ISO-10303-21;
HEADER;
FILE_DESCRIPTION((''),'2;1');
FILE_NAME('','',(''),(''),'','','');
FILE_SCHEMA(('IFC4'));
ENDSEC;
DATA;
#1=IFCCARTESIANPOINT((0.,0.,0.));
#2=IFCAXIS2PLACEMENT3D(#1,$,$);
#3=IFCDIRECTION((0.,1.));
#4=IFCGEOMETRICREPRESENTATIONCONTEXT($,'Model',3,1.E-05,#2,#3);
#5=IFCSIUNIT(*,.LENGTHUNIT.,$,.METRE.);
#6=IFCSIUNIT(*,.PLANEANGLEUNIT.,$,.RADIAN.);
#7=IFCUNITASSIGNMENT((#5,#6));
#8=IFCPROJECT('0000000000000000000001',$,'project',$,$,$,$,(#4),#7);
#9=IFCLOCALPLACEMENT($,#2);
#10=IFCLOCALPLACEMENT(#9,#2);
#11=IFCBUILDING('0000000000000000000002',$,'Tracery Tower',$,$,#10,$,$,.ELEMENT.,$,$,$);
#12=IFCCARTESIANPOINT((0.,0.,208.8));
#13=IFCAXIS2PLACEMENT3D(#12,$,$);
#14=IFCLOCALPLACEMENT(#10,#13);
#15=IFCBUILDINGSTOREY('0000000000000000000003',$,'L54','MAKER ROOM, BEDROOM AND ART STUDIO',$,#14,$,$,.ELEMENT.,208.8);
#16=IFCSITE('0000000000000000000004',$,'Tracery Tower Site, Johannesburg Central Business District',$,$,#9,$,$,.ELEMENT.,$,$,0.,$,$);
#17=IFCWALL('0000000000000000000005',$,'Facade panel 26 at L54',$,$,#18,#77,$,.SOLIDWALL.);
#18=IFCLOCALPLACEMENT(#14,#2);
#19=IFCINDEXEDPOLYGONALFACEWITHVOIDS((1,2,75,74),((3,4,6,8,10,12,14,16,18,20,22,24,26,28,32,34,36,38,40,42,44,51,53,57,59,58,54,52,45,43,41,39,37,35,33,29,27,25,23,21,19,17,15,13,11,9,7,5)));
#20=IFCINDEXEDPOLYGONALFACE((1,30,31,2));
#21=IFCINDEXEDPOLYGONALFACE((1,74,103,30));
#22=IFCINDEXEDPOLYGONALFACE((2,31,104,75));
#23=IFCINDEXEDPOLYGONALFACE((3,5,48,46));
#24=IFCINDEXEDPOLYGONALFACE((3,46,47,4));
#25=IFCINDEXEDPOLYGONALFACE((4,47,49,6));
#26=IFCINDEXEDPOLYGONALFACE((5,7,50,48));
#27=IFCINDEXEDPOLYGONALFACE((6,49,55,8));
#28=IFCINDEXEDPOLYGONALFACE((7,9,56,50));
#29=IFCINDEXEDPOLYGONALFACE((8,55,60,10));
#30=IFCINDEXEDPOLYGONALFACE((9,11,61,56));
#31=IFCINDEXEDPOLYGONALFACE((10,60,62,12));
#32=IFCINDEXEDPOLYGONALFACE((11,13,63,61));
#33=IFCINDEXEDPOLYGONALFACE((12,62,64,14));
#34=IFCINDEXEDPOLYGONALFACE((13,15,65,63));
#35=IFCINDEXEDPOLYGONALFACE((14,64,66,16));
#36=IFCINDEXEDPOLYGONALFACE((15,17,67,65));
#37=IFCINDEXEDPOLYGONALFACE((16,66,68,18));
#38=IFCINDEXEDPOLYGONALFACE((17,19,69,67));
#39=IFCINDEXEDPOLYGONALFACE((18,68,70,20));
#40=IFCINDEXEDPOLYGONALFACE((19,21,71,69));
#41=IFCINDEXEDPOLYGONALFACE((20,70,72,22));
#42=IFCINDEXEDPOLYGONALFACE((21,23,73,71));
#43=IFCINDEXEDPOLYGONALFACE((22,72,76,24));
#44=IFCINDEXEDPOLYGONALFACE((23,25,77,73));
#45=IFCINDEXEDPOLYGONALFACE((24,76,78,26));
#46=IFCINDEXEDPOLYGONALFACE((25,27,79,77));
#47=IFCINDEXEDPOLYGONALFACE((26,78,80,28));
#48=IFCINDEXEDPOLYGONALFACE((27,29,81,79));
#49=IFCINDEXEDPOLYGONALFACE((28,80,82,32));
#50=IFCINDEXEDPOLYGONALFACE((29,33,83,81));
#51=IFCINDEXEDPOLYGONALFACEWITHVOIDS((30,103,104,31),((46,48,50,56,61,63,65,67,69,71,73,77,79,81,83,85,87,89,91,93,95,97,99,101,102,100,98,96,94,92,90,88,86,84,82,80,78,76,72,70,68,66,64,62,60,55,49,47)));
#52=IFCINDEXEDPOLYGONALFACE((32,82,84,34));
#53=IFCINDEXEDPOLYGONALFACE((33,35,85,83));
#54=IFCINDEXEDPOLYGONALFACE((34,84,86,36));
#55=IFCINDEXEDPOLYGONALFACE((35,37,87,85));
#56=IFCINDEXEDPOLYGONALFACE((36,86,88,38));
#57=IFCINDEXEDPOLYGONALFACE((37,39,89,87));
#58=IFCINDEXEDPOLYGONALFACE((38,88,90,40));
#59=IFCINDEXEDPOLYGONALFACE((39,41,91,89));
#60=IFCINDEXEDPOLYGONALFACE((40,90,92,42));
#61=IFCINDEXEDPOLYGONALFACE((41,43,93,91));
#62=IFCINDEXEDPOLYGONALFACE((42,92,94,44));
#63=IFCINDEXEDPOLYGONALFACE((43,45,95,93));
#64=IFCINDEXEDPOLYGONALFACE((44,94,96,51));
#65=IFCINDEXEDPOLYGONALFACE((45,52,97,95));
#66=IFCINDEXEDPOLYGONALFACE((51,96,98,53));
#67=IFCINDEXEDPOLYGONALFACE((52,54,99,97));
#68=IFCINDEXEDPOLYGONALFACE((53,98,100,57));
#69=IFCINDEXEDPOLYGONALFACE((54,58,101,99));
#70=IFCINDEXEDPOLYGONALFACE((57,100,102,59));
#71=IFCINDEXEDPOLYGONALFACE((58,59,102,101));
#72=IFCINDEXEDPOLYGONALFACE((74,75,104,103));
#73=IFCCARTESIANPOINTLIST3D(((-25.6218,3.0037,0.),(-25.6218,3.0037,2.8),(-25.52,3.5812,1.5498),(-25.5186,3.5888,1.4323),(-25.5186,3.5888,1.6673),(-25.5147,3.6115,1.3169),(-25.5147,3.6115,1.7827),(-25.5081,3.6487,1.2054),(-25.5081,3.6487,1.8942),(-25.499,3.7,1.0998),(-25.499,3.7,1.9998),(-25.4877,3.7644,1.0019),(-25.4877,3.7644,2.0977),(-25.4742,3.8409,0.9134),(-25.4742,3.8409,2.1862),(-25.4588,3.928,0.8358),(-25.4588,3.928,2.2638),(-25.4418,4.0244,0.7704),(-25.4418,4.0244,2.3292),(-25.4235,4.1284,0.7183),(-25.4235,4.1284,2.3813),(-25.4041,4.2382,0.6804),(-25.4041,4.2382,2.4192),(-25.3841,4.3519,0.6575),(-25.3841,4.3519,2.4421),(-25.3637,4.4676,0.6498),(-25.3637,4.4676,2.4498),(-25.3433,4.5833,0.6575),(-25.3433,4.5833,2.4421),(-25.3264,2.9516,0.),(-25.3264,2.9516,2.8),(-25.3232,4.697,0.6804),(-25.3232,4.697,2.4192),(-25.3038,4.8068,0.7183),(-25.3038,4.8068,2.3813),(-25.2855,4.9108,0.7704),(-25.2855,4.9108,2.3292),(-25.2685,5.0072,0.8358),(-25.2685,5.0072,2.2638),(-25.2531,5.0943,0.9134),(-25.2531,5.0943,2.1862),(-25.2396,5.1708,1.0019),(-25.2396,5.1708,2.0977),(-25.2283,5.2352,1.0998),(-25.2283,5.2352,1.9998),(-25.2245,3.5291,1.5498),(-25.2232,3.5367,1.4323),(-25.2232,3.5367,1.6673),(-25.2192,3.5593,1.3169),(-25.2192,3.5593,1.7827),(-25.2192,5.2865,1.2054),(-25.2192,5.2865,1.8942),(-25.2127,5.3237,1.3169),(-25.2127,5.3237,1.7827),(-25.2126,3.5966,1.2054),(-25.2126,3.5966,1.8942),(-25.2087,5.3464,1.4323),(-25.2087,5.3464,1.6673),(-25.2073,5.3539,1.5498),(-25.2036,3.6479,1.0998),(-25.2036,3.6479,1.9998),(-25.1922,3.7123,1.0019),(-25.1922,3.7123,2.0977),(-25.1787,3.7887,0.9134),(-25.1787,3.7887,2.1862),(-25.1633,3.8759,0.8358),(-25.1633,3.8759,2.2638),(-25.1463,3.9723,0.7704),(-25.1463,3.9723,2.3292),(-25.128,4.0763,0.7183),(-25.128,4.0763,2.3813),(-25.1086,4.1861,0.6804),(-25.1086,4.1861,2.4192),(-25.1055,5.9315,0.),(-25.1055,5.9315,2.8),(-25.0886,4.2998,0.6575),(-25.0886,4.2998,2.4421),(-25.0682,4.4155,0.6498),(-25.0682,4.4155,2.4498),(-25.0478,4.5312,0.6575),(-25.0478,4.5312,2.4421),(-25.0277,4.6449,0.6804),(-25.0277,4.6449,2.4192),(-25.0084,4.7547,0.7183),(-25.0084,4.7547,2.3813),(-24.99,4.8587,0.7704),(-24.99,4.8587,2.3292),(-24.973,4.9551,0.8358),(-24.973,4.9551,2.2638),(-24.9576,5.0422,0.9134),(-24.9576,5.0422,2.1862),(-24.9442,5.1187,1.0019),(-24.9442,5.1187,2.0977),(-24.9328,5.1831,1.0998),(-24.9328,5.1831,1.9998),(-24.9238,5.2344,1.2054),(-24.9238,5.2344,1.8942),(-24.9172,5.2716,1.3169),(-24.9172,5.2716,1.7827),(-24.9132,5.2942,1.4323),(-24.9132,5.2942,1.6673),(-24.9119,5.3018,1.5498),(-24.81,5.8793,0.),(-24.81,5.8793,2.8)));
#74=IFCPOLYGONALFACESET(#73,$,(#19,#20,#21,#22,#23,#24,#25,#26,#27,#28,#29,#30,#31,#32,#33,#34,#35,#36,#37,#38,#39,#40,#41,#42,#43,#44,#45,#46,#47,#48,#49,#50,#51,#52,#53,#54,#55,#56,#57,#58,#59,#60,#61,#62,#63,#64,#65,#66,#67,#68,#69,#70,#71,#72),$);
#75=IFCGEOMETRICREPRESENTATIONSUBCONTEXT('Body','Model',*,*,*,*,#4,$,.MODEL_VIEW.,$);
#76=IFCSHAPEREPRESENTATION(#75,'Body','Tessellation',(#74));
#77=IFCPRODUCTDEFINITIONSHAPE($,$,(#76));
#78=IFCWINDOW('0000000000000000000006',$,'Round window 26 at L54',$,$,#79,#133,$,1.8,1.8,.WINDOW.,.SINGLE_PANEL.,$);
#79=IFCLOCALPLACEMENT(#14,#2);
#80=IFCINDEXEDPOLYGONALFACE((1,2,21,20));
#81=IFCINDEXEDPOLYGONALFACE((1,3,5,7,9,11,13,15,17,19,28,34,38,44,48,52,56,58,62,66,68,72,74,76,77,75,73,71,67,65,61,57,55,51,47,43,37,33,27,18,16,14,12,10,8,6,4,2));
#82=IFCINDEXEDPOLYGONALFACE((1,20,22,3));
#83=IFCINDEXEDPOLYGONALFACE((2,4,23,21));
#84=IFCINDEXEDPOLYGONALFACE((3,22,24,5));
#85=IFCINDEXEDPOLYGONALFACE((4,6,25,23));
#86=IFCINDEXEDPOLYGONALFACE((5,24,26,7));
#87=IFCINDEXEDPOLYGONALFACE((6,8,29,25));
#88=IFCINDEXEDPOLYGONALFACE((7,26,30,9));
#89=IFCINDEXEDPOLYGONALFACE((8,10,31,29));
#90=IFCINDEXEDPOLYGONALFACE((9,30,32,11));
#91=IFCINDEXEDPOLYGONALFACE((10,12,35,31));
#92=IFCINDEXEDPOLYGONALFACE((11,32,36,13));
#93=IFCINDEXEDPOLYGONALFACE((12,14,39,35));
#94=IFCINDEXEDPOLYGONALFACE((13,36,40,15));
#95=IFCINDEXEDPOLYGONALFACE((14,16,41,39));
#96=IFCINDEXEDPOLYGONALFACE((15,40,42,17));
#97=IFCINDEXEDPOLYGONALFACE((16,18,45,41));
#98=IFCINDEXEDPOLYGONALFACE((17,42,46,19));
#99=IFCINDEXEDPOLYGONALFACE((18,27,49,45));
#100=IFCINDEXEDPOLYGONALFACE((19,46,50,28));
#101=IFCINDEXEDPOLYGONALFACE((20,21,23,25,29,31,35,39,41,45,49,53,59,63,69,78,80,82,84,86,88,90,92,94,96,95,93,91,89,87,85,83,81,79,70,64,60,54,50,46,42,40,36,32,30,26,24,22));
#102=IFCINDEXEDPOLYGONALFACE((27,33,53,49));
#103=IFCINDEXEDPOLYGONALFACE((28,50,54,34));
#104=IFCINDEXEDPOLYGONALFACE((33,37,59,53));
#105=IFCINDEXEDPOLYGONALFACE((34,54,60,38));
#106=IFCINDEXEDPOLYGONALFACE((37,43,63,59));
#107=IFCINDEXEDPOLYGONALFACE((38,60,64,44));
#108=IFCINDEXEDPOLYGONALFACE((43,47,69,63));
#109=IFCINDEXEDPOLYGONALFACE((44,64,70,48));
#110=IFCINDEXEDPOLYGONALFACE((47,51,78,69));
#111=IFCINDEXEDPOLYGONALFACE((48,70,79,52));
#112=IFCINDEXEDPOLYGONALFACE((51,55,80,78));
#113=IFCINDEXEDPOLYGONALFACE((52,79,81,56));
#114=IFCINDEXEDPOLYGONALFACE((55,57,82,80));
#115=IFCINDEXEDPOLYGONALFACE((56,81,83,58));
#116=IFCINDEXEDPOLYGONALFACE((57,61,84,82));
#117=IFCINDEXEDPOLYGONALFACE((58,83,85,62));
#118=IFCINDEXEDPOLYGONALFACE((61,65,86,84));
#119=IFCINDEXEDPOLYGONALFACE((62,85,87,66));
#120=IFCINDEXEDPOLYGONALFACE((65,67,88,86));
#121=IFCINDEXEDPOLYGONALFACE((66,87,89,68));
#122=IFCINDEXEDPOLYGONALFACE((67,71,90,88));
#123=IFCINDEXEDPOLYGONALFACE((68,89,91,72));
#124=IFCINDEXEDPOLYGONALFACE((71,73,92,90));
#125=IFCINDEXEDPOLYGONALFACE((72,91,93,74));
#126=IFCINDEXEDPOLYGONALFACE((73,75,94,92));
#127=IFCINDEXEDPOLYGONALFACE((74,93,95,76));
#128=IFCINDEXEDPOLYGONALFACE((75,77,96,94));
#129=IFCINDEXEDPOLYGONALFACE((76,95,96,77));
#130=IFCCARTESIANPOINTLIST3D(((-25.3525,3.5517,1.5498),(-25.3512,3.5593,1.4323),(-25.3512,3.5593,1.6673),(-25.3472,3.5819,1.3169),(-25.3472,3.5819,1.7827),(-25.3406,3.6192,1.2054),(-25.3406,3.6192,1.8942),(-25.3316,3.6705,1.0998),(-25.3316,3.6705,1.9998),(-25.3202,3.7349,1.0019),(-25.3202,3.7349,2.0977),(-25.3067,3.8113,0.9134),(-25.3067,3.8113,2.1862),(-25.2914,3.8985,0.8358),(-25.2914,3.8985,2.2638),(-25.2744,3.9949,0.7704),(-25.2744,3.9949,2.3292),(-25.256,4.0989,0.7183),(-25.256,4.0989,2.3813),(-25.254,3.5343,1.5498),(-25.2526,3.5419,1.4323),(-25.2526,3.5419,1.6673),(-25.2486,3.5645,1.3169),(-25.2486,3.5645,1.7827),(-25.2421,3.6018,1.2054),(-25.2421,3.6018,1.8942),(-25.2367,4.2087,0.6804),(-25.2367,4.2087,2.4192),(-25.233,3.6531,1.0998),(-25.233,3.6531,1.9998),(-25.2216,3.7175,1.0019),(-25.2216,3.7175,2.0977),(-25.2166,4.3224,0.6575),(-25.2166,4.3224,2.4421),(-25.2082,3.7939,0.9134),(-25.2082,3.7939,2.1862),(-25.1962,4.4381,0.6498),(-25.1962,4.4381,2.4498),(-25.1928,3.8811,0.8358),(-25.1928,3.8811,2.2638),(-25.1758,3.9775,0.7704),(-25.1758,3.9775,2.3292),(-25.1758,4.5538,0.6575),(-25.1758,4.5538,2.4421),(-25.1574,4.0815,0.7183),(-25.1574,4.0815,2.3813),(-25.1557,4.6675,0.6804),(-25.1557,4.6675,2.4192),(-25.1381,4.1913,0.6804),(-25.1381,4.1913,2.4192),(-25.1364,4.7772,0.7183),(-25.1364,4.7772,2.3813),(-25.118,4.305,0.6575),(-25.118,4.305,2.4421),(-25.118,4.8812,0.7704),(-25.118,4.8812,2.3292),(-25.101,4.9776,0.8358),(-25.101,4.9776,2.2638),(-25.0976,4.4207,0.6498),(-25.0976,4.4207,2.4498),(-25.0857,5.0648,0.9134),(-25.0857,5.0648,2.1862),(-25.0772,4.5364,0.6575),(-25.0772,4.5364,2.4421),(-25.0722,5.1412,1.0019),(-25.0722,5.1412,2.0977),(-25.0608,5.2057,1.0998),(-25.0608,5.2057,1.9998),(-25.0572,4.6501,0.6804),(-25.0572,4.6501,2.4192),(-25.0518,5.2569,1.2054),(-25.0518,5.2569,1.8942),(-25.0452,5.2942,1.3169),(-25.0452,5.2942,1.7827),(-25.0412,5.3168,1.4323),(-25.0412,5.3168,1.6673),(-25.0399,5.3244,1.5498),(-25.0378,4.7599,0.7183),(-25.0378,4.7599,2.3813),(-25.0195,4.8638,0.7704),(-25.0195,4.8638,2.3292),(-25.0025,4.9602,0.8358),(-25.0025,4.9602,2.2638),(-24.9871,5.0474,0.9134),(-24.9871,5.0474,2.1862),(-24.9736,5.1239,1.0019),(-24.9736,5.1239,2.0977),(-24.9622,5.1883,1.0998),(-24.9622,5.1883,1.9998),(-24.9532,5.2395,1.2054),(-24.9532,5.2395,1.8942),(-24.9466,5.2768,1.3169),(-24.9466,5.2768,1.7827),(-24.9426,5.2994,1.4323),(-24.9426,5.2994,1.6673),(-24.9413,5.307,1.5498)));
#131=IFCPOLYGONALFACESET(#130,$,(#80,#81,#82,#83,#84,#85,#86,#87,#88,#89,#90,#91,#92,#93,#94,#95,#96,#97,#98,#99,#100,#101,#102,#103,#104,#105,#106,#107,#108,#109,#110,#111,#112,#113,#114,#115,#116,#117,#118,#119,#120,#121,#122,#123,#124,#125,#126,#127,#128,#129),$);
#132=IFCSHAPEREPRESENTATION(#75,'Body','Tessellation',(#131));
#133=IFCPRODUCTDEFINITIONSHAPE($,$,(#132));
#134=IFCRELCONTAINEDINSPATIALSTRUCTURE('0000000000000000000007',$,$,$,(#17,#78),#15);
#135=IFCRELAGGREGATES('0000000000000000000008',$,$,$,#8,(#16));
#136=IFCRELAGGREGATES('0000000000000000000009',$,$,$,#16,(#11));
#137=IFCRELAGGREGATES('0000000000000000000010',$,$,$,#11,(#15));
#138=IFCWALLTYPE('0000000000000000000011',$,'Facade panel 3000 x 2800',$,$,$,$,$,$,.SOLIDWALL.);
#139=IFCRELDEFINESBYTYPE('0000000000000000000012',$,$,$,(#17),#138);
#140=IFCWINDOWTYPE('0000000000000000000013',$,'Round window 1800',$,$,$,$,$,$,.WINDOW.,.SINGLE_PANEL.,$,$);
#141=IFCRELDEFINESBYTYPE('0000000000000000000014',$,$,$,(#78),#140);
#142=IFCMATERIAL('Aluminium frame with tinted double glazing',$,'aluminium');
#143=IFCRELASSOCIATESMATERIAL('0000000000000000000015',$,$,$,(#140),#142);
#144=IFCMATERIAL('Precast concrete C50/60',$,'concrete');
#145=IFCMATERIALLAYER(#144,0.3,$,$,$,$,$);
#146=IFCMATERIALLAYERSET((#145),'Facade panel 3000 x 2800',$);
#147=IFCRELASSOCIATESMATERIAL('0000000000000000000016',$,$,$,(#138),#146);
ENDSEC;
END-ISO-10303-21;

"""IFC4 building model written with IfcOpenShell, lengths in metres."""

from ifc_helpers import new_model, si_unit, direction, frame, frame_2d, origin, origin_2d, place, context, subcontext, project, spatial, rectangle, circle, extrude, material, layer, layer_set, type_object, element, fill, save


model = new_model("IFC4")

# Units and contexts
model_context = context("Model", 3, precision=1e-05, world=origin(), true_north=direction((0.0, 1.0)))
body_context = subcontext(model_context, "Body", "Model", "MODEL_VIEW")
ifc_project = project(units=[si_unit("LENGTHUNIT", "METRE"), si_unit("PLANEANGLEUNIT", "RADIAN")], contexts=[model_context])

# Site, building, storey
site_placement = place(None, origin())
site = spatial("IfcSite", under=ifc_project, at=site_placement, Name="Tracery Tower Site, Johannesburg Central Business District", CompositionType="ELEMENT", RefElevation=0.0)
building_placement = place(site_placement, origin())
building = spatial("IfcBuilding", under=site, at=building_placement, Name="Tracery Tower", CompositionType="ELEMENT")
storey_placement = place(building_placement, frame((0.0, 0.0, 208.8)))
storey = spatial("IfcBuildingStorey", under=building, at=storey_placement, Name="L54", Description="MAKER ROOM, BEDROOM AND ART STUDIO", CompositionType="ELEMENT", Elevation=208.8)

# Wall, opening, window
ifc_material_1 = material(Name="Aluminium frame with tinted double glazing", Category="aluminium")
window_type = type_object("IfcWindowType", Name="Round window 1800", PartitioningType="SINGLE_PANEL", PredefinedType="WINDOW", material=ifc_material_1)
ifc_material_2 = material(Name="Precast concrete C50/60", Category="concrete")
ifc_layer_1 = layer(ifc_material_2, 0.3)
ifc_layer_set_1 = layer_set([ifc_layer_1], Name="Facade panel 3000 x 2800")
wall_type_1 = type_object("IfcWallType", Name="Facade panel 3000 x 2800", PredefinedType="SOLIDWALL", material=ifc_layer_set_1)
wall_1_placement = place(storey_placement, frame((-24.9578, 5.9053, 0.0), z_axis=(0.0, 0.0, 1.0), x_axis=(-0.173687, -0.984801, 0.0)))
wall_1 = element("IfcWall", 1, at=wall_1_placement, inside=storey, type_object=wall_type_1, Name="Facade panel 26 at L54", PredefinedType="SOLIDWALL", context=body_context, shape_type="SweptSolid", body=[
    extrude(rectangle(XDim=2.9729, YDim=0.3, at=frame_2d((1.4863, 0.0))), origin(), (0.0, 0.0, 1.0), 2.8),
])
opening_1_placement = place(wall_1_placement, frame((1.4863, 0.0, 1.5498)))
opening_1 = element("IfcOpeningElement", 2, at=opening_1_placement, cuts=wall_1, PredefinedType="OPENING", context=body_context, shape_type="SweptSolid", body=[
    extrude(circle(Radius=0.9, at=origin_2d()), frame((0.0, 0.1599, 0.0), z_axis=(0.0, -1.0, 0.0), x_axis=(1.0, 0.0, 0.0)), (0.0, 0.0, 1.0), 0.3201),
])
window_1_placement = place(opening_1_placement, origin())
window_1 = element("IfcWindow", 3, at=window_1_placement, inside=storey, type_object=window_type, Name="Round window 26 at L54", OverallHeight=1.8, OverallWidth=1.8, PartitioningType="SINGLE_PANEL", PredefinedType="WINDOW", context=body_context, shape_type="SweptSolid", body=[
    extrude(circle(Radius=0.9, at=origin_2d()), frame((0.0, 0.1201, 0.0), z_axis=(0.0, -1.0, 0.0), x_axis=(1.0, 0.0, 0.0)), (0.0, 0.0, 1.0), 0.1001),
])
fill(opening_1, window_1)

save(model, "model.ifc")
